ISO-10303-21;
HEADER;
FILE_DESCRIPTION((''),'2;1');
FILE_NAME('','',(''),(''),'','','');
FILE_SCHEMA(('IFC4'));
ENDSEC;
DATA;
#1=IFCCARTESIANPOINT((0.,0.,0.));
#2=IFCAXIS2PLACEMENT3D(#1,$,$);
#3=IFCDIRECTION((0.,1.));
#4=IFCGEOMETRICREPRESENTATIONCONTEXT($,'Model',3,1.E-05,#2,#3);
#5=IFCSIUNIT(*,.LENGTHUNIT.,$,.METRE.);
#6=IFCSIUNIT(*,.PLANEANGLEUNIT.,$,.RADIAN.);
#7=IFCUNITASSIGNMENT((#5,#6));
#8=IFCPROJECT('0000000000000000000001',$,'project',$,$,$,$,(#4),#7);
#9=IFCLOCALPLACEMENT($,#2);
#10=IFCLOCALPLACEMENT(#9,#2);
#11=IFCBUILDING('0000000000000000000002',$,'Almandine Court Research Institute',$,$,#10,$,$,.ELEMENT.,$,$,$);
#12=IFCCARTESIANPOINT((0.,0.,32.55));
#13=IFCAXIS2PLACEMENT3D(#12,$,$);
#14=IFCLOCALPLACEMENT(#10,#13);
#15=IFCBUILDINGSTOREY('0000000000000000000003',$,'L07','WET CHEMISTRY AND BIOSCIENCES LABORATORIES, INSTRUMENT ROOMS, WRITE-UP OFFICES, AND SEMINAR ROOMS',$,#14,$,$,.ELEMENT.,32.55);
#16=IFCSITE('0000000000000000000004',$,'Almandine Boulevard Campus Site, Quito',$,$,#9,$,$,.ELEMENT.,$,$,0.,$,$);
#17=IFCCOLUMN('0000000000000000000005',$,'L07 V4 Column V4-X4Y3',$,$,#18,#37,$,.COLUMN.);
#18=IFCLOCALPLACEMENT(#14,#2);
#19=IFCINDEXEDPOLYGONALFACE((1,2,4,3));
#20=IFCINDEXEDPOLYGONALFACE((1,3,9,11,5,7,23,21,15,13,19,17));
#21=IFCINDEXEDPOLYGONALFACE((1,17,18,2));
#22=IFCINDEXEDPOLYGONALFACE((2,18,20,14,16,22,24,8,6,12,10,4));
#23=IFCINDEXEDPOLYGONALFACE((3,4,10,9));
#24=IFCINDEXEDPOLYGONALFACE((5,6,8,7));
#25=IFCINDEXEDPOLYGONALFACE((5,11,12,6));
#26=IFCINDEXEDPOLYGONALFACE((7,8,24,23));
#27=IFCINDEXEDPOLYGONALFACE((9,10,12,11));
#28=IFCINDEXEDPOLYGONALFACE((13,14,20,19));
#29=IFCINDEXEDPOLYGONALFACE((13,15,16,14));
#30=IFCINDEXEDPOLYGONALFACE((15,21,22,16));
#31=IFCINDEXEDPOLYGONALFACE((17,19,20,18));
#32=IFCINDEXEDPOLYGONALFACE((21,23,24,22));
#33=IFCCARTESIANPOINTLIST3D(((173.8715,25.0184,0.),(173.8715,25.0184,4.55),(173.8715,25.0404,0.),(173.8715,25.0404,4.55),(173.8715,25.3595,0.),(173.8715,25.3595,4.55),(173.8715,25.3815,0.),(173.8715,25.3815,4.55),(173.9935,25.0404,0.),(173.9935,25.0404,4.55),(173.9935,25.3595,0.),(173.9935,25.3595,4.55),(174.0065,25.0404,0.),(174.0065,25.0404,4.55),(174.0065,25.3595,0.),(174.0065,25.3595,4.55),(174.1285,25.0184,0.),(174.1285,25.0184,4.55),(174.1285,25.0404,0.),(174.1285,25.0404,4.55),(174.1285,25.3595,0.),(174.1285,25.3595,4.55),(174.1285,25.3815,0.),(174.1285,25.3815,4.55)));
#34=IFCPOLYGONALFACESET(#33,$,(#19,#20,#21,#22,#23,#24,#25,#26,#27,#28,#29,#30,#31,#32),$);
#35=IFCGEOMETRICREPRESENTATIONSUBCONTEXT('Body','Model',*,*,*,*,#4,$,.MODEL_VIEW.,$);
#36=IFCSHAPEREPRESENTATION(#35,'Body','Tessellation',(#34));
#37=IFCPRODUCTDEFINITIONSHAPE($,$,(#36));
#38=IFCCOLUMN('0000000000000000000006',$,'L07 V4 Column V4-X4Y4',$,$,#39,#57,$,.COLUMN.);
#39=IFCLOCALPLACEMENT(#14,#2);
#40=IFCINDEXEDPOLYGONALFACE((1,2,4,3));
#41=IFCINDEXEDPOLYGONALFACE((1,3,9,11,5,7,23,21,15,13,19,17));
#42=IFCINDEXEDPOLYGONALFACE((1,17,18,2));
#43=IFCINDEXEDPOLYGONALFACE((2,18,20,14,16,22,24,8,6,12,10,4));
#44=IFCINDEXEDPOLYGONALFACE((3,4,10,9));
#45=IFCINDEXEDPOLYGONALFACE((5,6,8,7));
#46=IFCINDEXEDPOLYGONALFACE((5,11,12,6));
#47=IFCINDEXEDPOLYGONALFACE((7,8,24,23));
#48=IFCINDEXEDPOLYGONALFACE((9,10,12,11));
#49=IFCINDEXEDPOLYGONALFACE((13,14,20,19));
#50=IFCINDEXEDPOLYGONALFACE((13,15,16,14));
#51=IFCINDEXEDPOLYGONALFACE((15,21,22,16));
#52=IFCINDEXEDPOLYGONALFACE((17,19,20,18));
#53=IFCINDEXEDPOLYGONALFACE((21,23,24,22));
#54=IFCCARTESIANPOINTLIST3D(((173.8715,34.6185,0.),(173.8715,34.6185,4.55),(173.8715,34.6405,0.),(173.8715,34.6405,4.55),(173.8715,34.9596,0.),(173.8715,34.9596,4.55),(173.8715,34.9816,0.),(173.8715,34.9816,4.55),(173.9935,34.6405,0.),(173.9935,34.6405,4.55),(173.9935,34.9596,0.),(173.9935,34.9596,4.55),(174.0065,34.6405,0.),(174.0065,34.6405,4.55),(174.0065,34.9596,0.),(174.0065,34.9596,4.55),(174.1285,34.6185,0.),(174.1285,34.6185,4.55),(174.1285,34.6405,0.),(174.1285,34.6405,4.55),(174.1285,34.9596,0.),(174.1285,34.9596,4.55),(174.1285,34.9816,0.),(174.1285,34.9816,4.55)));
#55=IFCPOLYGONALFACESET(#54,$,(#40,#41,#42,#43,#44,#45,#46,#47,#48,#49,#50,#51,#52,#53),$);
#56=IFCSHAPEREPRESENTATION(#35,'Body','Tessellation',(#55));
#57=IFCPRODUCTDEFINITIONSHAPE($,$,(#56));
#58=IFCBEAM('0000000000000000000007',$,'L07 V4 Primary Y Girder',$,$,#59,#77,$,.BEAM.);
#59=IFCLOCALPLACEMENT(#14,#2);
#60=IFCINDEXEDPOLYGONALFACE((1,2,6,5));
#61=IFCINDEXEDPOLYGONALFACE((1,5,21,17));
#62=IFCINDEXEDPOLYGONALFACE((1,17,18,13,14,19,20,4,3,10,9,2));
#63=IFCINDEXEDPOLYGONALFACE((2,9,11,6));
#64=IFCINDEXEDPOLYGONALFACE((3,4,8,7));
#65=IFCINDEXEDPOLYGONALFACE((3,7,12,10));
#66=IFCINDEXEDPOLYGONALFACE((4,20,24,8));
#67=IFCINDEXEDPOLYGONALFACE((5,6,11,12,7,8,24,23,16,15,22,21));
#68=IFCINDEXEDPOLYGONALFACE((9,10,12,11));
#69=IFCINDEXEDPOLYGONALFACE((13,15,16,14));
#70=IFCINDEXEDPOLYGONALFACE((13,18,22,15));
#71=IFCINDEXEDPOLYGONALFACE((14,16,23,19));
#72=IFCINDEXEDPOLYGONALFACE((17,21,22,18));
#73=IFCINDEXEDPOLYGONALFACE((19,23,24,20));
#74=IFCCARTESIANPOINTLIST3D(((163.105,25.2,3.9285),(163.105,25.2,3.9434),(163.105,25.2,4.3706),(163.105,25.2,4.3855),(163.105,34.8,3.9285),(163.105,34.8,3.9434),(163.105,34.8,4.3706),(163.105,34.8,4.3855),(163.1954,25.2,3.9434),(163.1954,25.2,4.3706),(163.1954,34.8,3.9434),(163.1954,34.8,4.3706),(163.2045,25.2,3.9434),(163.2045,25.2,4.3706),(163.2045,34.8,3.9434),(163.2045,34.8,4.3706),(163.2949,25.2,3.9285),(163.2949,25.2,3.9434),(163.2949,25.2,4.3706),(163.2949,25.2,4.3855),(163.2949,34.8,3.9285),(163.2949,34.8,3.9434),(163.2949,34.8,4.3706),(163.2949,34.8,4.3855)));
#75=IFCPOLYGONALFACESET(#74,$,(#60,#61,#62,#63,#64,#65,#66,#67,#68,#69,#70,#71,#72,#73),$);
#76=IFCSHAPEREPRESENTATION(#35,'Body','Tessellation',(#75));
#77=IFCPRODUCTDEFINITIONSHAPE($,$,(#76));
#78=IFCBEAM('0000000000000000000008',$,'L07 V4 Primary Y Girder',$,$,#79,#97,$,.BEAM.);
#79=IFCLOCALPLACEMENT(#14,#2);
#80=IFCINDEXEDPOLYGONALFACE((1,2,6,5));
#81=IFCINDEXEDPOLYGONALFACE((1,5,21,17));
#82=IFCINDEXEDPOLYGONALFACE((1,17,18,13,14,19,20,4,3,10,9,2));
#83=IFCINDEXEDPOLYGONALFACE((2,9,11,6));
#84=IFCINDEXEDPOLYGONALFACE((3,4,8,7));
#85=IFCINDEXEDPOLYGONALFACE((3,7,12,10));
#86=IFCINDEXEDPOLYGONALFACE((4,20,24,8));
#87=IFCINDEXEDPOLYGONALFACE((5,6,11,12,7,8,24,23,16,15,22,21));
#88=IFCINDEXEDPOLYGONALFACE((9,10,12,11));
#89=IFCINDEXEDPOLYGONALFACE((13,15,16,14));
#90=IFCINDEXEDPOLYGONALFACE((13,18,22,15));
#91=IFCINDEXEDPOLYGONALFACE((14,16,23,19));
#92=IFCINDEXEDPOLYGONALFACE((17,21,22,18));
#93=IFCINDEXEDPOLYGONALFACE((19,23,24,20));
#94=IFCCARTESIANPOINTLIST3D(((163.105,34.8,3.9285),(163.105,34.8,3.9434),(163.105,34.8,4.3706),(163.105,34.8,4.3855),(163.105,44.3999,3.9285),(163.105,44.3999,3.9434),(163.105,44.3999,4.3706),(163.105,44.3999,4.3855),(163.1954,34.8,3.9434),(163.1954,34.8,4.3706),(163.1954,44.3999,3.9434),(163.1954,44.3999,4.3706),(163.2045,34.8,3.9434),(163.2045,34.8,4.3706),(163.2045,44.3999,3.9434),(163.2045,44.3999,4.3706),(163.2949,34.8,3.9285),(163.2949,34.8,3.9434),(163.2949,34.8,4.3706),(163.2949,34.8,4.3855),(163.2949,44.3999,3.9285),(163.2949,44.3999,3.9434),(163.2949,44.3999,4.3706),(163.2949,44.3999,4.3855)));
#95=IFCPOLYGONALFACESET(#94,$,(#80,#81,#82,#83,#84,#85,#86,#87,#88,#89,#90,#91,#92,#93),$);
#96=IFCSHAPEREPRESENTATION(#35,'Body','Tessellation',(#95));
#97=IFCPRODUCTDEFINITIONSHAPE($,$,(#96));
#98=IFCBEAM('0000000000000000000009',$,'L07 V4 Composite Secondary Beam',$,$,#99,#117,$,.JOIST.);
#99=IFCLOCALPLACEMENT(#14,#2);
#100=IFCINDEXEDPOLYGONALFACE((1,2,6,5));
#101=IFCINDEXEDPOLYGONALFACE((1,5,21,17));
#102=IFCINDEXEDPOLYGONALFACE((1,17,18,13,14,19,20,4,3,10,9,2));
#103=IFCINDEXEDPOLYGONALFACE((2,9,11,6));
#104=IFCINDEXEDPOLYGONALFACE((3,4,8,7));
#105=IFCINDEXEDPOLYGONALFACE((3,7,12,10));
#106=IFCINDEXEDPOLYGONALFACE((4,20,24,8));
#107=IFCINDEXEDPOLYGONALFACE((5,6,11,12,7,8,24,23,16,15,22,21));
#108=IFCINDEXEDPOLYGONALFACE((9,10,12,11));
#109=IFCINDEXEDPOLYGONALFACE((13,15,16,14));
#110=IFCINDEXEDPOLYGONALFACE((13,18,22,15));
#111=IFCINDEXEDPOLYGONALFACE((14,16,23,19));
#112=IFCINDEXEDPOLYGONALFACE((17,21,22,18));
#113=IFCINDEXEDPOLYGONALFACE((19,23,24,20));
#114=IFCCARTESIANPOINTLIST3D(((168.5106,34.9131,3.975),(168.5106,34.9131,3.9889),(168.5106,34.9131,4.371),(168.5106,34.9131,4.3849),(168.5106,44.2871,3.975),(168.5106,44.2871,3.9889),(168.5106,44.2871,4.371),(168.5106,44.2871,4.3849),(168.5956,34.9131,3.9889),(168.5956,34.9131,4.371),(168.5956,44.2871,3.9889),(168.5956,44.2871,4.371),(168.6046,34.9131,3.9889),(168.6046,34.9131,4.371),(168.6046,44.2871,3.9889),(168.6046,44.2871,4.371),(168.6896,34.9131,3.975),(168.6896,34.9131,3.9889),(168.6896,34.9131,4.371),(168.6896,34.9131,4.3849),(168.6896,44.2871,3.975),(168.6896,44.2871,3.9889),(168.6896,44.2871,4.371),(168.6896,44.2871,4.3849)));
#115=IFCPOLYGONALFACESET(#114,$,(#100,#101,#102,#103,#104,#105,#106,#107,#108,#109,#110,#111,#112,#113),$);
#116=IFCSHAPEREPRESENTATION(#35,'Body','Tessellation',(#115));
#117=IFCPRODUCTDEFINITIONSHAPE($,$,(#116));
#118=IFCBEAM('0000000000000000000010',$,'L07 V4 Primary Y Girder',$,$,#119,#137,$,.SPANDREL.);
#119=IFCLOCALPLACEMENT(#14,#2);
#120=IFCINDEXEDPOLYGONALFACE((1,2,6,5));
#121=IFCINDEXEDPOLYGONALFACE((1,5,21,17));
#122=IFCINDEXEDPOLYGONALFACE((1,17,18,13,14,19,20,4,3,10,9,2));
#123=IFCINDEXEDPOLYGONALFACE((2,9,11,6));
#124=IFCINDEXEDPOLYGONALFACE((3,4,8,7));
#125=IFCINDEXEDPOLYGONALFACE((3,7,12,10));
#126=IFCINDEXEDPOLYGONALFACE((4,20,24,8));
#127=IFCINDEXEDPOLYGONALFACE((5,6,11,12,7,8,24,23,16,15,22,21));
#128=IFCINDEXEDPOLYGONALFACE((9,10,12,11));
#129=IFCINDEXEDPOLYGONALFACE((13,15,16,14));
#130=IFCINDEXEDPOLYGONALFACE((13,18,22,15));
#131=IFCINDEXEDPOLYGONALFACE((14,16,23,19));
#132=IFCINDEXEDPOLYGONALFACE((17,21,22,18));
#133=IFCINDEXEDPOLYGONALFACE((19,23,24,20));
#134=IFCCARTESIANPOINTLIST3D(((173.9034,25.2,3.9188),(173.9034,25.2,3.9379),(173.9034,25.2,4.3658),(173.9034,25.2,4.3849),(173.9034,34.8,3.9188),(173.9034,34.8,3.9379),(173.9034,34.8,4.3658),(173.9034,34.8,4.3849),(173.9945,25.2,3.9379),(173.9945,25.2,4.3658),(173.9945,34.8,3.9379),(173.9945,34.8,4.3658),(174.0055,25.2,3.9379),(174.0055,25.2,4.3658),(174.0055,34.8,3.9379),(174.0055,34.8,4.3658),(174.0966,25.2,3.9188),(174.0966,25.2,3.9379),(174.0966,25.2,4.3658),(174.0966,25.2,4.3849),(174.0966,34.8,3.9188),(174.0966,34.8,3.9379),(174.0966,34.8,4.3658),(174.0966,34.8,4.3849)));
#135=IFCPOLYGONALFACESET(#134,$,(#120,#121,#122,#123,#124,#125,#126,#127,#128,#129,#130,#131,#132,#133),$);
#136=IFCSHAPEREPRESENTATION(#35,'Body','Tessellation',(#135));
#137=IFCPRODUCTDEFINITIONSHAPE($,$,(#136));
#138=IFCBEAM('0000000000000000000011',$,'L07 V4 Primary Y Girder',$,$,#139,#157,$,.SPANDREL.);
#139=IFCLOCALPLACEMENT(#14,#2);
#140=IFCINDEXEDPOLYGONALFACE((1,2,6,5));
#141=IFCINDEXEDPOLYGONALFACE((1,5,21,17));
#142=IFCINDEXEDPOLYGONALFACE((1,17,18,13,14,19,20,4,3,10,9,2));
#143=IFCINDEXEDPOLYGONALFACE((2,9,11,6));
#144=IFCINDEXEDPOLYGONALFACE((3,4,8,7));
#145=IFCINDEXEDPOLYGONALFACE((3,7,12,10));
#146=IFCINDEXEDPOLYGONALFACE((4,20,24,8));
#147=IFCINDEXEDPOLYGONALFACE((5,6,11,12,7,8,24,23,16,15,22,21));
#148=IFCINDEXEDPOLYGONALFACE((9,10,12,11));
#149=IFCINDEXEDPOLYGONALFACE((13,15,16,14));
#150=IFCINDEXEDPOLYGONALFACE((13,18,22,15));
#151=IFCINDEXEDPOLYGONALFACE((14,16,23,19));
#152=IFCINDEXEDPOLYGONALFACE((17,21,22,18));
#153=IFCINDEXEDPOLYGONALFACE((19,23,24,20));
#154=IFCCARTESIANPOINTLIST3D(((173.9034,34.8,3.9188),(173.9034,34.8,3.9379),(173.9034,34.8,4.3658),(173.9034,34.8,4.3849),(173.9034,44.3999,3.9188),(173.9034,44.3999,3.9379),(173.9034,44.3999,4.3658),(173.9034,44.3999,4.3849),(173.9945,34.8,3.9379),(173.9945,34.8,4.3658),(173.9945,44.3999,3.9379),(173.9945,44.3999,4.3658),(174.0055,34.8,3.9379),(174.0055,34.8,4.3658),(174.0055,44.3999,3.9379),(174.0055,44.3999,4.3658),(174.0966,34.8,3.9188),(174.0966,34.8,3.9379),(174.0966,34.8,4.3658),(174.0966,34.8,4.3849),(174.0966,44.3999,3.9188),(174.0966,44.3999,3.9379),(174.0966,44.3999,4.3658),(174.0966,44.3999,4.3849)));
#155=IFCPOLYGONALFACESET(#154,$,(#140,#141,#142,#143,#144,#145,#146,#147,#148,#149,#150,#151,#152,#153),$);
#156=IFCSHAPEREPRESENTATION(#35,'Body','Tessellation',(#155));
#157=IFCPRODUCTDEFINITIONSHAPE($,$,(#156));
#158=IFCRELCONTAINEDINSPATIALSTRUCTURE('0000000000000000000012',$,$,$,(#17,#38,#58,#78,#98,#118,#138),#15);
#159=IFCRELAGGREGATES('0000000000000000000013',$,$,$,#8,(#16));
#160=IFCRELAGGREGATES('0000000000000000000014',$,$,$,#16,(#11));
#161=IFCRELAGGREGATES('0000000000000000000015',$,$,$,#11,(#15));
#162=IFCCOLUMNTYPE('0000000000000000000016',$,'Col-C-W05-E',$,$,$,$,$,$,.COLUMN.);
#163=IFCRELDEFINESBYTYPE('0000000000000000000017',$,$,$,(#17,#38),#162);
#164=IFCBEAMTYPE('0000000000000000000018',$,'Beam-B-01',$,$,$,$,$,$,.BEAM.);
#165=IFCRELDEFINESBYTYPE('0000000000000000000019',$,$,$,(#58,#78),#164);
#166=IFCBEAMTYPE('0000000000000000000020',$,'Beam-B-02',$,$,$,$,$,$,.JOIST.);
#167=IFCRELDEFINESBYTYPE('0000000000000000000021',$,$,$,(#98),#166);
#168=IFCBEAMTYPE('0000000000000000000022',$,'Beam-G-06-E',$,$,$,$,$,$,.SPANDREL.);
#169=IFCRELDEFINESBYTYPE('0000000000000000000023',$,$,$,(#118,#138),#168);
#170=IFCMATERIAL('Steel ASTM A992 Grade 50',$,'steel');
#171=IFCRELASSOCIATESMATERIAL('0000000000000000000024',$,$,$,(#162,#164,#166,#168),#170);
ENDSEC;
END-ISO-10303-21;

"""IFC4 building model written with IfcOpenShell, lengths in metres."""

from ifc_helpers import new_model, si_unit, direction, frame, origin, origin_2d, place, context, subcontext, project, spatial, i_section, extrude, material, material_profile, profile_set, type_object, element, save


model = new_model("IFC4")

# Units and contexts
model_context = context("Model", 3, precision=1e-05, world=origin(), true_north=direction((0.0, 1.0)))
body_context = subcontext(model_context, "Body", "Model", "MODEL_VIEW")
ifc_project = project(units=[si_unit("LENGTHUNIT", "METRE"), si_unit("PLANEANGLEUNIT", "RADIAN")], contexts=[model_context])

# Site, building, storey
site_placement = place(None, origin())
site = spatial("IfcSite", under=ifc_project, at=site_placement, Name="Almandine Boulevard Campus Site, Quito", CompositionType="ELEMENT", RefElevation=0.0)
building_placement = place(site_placement, origin())
building = spatial("IfcBuilding", under=site, at=building_placement, Name="Almandine Court Research Institute", CompositionType="ELEMENT")
storey_placement = place(building_placement, frame((0.0, 0.0, 32.55)))
storey = spatial("IfcBuildingStorey", under=building, at=storey_placement, Name="L07", Description="WET CHEMISTRY AND BIOSCIENCES LABORATORIES, INSTRUMENT ROOMS, WRITE-UP OFFICES, AND SEMINAR ROOMS", CompositionType="ELEMENT", Elevation=32.55)

# Columns
ifc_material_1 = material(Name="Steel ASTM A992 Grade 50", Category="steel")
ifc_material_profile_1 = material_profile(ifc_material_1, i_section(OverallWidth=0.2571, OverallDepth=0.363, WebThickness=0.0129, FlangeThickness=0.022, at=origin_2d()), Name="W360x122")
ifc_profile_set_1 = profile_set([ifc_material_profile_1], Name="Steel ASTM A992 Grade 50")
column_type = type_object("IfcColumnType", Name="Col-C-W05-E", PredefinedType="COLUMN", material=ifc_profile_set_1)
for number, where, z_axis, x_axis, name in (
    (1, (174.0, 25.2, 0.0), (0.0, 0.0, 1.0), (1.0, 0.0, 0.0), "L07 V4 Column V4-X4Y3"),
    (2, (174.0, 34.8, 0.0), (0.0, 0.0, 1.0), (1.0, 0.0, 0.0), "L07 V4 Column V4-X4Y4"),
):
    element("IfcColumn", number, at=place(storey_placement, frame(where, z_axis=z_axis, x_axis=x_axis)), inside=storey, type_object=column_type, Name=name, PredefinedType="COLUMN", context=body_context, shape_type="SweptSolid", body=[
        extrude(i_section(OverallWidth=0.2571, OverallDepth=0.363, WebThickness=0.0129, FlangeThickness=0.022, at=origin_2d()), origin(), (0.0, 0.0, 1.0), 4.55),
    ])

# Beams
ifc_material_profile_2 = material_profile(ifc_material_1, i_section(OverallWidth=0.1899, OverallDepth=0.457, WebThickness=0.009, FlangeThickness=0.0149, at=origin_2d()), Name="W460x74")
ifc_profile_set_2 = profile_set([ifc_material_profile_2], Name="Steel ASTM A992 Grade 50")
beam_type_1 = type_object("IfcBeamType", Name="Beam-B-01", PredefinedType="BEAM", material=ifc_profile_set_2)
beam_1_placement = place(storey_placement, frame((163.2, 25.2, 4.157), z_axis=(0.0, 1.0, 0.0), x_axis=(-1.0, 0.0, 0.0)))
element("IfcBeam", 3, at=beam_1_placement, inside=storey, type_object=beam_type_1, Name="L07 V4 Primary Y Girder", PredefinedType="BEAM", context=body_context, shape_type="SweptSolid", body=[
    extrude(i_section(OverallWidth=0.1899, OverallDepth=0.457, WebThickness=0.009, FlangeThickness=0.0149, at=origin_2d()), origin(), (0.0, 0.0, 1.0), 9.6001),
])
beam_2_placement = place(storey_placement, frame((163.2, 34.8, 4.157), z_axis=(0.0, 1.0, 0.0), x_axis=(-1.0, 0.0, 0.0)))
element("IfcBeam", 4, at=beam_2_placement, inside=storey, type_object=beam_type_1, Name="L07 V4 Primary Y Girder", PredefinedType="BEAM", context=body_context, shape_type="SweptSolid", body=[
    extrude(i_section(OverallWidth=0.1899, OverallDepth=0.457, WebThickness=0.009, FlangeThickness=0.0149, at=origin_2d()), origin(), (0.0, 0.0, 1.0), 9.5999),
])
ifc_material_profile_3 = material_profile(ifc_material_1, i_section(OverallWidth=0.179, OverallDepth=0.4099, WebThickness=0.009, FlangeThickness=0.0139, at=origin_2d()), Name="W410x67")
ifc_profile_set_3 = profile_set([ifc_material_profile_3], Name="Steel ASTM A992 Grade 50")
beam_type_2 = type_object("IfcBeamType", Name="Beam-B-02", PredefinedType="JOIST", material=ifc_profile_set_3)
beam_3_placement = place(storey_placement, frame((168.6001, 34.9131, 4.1799), z_axis=(0.0, 1.0, 0.0), x_axis=(-1.0, 0.0, 0.0)))
element("IfcBeam", 5, at=beam_3_placement, inside=storey, type_object=beam_type_2, Name="L07 V4 Composite Secondary Beam", PredefinedType="JOIST", context=body_context, shape_type="SweptSolid", body=[
    extrude(i_section(OverallWidth=0.179, OverallDepth=0.4099, WebThickness=0.009, FlangeThickness=0.0139, at=origin_2d()), origin(), (0.0, 0.0, 1.0), 9.374),
])
ifc_material_profile_4 = material_profile(ifc_material_1, i_section(OverallWidth=0.1931, OverallDepth=0.4661, WebThickness=0.011, FlangeThickness=0.019, at=origin_2d()), Name="W460x97")
ifc_profile_set_4 = profile_set([ifc_material_profile_4], Name="Steel ASTM A992 Grade 50")
beam_type_3 = type_object("IfcBeamType", Name="Beam-G-06-E", PredefinedType="SPANDREL", material=ifc_profile_set_4)
beam_4_placement = place(storey_placement, frame((174.0, 25.2, 4.1519), z_axis=(0.0, 1.0, 0.0), x_axis=(-1.0, 0.0, 0.0)))
element("IfcBeam", 6, at=beam_4_placement, inside=storey, type_object=beam_type_3, Name="L07 V4 Primary Y Girder", PredefinedType="SPANDREL", context=body_context, shape_type="SweptSolid", body=[
    extrude(i_section(OverallWidth=0.1931, OverallDepth=0.4661, WebThickness=0.011, FlangeThickness=0.019, at=origin_2d()), origin(), (0.0, 0.0, 1.0), 9.6001),
])
beam_5_placement = place(storey_placement, frame((174.0, 34.8, 4.1519), z_axis=(0.0, 1.0, 0.0), x_axis=(-1.0, 0.0, 0.0)))
element("IfcBeam", 7, at=beam_5_placement, inside=storey, type_object=beam_type_3, Name="L07 V4 Primary Y Girder", PredefinedType="SPANDREL", context=body_context, shape_type="SweptSolid", body=[
    extrude(i_section(OverallWidth=0.1931, OverallDepth=0.4661, WebThickness=0.011, FlangeThickness=0.019, at=origin_2d()), origin(), (0.0, 0.0, 1.0), 9.5999),
])

save(model, "model.ifc")
